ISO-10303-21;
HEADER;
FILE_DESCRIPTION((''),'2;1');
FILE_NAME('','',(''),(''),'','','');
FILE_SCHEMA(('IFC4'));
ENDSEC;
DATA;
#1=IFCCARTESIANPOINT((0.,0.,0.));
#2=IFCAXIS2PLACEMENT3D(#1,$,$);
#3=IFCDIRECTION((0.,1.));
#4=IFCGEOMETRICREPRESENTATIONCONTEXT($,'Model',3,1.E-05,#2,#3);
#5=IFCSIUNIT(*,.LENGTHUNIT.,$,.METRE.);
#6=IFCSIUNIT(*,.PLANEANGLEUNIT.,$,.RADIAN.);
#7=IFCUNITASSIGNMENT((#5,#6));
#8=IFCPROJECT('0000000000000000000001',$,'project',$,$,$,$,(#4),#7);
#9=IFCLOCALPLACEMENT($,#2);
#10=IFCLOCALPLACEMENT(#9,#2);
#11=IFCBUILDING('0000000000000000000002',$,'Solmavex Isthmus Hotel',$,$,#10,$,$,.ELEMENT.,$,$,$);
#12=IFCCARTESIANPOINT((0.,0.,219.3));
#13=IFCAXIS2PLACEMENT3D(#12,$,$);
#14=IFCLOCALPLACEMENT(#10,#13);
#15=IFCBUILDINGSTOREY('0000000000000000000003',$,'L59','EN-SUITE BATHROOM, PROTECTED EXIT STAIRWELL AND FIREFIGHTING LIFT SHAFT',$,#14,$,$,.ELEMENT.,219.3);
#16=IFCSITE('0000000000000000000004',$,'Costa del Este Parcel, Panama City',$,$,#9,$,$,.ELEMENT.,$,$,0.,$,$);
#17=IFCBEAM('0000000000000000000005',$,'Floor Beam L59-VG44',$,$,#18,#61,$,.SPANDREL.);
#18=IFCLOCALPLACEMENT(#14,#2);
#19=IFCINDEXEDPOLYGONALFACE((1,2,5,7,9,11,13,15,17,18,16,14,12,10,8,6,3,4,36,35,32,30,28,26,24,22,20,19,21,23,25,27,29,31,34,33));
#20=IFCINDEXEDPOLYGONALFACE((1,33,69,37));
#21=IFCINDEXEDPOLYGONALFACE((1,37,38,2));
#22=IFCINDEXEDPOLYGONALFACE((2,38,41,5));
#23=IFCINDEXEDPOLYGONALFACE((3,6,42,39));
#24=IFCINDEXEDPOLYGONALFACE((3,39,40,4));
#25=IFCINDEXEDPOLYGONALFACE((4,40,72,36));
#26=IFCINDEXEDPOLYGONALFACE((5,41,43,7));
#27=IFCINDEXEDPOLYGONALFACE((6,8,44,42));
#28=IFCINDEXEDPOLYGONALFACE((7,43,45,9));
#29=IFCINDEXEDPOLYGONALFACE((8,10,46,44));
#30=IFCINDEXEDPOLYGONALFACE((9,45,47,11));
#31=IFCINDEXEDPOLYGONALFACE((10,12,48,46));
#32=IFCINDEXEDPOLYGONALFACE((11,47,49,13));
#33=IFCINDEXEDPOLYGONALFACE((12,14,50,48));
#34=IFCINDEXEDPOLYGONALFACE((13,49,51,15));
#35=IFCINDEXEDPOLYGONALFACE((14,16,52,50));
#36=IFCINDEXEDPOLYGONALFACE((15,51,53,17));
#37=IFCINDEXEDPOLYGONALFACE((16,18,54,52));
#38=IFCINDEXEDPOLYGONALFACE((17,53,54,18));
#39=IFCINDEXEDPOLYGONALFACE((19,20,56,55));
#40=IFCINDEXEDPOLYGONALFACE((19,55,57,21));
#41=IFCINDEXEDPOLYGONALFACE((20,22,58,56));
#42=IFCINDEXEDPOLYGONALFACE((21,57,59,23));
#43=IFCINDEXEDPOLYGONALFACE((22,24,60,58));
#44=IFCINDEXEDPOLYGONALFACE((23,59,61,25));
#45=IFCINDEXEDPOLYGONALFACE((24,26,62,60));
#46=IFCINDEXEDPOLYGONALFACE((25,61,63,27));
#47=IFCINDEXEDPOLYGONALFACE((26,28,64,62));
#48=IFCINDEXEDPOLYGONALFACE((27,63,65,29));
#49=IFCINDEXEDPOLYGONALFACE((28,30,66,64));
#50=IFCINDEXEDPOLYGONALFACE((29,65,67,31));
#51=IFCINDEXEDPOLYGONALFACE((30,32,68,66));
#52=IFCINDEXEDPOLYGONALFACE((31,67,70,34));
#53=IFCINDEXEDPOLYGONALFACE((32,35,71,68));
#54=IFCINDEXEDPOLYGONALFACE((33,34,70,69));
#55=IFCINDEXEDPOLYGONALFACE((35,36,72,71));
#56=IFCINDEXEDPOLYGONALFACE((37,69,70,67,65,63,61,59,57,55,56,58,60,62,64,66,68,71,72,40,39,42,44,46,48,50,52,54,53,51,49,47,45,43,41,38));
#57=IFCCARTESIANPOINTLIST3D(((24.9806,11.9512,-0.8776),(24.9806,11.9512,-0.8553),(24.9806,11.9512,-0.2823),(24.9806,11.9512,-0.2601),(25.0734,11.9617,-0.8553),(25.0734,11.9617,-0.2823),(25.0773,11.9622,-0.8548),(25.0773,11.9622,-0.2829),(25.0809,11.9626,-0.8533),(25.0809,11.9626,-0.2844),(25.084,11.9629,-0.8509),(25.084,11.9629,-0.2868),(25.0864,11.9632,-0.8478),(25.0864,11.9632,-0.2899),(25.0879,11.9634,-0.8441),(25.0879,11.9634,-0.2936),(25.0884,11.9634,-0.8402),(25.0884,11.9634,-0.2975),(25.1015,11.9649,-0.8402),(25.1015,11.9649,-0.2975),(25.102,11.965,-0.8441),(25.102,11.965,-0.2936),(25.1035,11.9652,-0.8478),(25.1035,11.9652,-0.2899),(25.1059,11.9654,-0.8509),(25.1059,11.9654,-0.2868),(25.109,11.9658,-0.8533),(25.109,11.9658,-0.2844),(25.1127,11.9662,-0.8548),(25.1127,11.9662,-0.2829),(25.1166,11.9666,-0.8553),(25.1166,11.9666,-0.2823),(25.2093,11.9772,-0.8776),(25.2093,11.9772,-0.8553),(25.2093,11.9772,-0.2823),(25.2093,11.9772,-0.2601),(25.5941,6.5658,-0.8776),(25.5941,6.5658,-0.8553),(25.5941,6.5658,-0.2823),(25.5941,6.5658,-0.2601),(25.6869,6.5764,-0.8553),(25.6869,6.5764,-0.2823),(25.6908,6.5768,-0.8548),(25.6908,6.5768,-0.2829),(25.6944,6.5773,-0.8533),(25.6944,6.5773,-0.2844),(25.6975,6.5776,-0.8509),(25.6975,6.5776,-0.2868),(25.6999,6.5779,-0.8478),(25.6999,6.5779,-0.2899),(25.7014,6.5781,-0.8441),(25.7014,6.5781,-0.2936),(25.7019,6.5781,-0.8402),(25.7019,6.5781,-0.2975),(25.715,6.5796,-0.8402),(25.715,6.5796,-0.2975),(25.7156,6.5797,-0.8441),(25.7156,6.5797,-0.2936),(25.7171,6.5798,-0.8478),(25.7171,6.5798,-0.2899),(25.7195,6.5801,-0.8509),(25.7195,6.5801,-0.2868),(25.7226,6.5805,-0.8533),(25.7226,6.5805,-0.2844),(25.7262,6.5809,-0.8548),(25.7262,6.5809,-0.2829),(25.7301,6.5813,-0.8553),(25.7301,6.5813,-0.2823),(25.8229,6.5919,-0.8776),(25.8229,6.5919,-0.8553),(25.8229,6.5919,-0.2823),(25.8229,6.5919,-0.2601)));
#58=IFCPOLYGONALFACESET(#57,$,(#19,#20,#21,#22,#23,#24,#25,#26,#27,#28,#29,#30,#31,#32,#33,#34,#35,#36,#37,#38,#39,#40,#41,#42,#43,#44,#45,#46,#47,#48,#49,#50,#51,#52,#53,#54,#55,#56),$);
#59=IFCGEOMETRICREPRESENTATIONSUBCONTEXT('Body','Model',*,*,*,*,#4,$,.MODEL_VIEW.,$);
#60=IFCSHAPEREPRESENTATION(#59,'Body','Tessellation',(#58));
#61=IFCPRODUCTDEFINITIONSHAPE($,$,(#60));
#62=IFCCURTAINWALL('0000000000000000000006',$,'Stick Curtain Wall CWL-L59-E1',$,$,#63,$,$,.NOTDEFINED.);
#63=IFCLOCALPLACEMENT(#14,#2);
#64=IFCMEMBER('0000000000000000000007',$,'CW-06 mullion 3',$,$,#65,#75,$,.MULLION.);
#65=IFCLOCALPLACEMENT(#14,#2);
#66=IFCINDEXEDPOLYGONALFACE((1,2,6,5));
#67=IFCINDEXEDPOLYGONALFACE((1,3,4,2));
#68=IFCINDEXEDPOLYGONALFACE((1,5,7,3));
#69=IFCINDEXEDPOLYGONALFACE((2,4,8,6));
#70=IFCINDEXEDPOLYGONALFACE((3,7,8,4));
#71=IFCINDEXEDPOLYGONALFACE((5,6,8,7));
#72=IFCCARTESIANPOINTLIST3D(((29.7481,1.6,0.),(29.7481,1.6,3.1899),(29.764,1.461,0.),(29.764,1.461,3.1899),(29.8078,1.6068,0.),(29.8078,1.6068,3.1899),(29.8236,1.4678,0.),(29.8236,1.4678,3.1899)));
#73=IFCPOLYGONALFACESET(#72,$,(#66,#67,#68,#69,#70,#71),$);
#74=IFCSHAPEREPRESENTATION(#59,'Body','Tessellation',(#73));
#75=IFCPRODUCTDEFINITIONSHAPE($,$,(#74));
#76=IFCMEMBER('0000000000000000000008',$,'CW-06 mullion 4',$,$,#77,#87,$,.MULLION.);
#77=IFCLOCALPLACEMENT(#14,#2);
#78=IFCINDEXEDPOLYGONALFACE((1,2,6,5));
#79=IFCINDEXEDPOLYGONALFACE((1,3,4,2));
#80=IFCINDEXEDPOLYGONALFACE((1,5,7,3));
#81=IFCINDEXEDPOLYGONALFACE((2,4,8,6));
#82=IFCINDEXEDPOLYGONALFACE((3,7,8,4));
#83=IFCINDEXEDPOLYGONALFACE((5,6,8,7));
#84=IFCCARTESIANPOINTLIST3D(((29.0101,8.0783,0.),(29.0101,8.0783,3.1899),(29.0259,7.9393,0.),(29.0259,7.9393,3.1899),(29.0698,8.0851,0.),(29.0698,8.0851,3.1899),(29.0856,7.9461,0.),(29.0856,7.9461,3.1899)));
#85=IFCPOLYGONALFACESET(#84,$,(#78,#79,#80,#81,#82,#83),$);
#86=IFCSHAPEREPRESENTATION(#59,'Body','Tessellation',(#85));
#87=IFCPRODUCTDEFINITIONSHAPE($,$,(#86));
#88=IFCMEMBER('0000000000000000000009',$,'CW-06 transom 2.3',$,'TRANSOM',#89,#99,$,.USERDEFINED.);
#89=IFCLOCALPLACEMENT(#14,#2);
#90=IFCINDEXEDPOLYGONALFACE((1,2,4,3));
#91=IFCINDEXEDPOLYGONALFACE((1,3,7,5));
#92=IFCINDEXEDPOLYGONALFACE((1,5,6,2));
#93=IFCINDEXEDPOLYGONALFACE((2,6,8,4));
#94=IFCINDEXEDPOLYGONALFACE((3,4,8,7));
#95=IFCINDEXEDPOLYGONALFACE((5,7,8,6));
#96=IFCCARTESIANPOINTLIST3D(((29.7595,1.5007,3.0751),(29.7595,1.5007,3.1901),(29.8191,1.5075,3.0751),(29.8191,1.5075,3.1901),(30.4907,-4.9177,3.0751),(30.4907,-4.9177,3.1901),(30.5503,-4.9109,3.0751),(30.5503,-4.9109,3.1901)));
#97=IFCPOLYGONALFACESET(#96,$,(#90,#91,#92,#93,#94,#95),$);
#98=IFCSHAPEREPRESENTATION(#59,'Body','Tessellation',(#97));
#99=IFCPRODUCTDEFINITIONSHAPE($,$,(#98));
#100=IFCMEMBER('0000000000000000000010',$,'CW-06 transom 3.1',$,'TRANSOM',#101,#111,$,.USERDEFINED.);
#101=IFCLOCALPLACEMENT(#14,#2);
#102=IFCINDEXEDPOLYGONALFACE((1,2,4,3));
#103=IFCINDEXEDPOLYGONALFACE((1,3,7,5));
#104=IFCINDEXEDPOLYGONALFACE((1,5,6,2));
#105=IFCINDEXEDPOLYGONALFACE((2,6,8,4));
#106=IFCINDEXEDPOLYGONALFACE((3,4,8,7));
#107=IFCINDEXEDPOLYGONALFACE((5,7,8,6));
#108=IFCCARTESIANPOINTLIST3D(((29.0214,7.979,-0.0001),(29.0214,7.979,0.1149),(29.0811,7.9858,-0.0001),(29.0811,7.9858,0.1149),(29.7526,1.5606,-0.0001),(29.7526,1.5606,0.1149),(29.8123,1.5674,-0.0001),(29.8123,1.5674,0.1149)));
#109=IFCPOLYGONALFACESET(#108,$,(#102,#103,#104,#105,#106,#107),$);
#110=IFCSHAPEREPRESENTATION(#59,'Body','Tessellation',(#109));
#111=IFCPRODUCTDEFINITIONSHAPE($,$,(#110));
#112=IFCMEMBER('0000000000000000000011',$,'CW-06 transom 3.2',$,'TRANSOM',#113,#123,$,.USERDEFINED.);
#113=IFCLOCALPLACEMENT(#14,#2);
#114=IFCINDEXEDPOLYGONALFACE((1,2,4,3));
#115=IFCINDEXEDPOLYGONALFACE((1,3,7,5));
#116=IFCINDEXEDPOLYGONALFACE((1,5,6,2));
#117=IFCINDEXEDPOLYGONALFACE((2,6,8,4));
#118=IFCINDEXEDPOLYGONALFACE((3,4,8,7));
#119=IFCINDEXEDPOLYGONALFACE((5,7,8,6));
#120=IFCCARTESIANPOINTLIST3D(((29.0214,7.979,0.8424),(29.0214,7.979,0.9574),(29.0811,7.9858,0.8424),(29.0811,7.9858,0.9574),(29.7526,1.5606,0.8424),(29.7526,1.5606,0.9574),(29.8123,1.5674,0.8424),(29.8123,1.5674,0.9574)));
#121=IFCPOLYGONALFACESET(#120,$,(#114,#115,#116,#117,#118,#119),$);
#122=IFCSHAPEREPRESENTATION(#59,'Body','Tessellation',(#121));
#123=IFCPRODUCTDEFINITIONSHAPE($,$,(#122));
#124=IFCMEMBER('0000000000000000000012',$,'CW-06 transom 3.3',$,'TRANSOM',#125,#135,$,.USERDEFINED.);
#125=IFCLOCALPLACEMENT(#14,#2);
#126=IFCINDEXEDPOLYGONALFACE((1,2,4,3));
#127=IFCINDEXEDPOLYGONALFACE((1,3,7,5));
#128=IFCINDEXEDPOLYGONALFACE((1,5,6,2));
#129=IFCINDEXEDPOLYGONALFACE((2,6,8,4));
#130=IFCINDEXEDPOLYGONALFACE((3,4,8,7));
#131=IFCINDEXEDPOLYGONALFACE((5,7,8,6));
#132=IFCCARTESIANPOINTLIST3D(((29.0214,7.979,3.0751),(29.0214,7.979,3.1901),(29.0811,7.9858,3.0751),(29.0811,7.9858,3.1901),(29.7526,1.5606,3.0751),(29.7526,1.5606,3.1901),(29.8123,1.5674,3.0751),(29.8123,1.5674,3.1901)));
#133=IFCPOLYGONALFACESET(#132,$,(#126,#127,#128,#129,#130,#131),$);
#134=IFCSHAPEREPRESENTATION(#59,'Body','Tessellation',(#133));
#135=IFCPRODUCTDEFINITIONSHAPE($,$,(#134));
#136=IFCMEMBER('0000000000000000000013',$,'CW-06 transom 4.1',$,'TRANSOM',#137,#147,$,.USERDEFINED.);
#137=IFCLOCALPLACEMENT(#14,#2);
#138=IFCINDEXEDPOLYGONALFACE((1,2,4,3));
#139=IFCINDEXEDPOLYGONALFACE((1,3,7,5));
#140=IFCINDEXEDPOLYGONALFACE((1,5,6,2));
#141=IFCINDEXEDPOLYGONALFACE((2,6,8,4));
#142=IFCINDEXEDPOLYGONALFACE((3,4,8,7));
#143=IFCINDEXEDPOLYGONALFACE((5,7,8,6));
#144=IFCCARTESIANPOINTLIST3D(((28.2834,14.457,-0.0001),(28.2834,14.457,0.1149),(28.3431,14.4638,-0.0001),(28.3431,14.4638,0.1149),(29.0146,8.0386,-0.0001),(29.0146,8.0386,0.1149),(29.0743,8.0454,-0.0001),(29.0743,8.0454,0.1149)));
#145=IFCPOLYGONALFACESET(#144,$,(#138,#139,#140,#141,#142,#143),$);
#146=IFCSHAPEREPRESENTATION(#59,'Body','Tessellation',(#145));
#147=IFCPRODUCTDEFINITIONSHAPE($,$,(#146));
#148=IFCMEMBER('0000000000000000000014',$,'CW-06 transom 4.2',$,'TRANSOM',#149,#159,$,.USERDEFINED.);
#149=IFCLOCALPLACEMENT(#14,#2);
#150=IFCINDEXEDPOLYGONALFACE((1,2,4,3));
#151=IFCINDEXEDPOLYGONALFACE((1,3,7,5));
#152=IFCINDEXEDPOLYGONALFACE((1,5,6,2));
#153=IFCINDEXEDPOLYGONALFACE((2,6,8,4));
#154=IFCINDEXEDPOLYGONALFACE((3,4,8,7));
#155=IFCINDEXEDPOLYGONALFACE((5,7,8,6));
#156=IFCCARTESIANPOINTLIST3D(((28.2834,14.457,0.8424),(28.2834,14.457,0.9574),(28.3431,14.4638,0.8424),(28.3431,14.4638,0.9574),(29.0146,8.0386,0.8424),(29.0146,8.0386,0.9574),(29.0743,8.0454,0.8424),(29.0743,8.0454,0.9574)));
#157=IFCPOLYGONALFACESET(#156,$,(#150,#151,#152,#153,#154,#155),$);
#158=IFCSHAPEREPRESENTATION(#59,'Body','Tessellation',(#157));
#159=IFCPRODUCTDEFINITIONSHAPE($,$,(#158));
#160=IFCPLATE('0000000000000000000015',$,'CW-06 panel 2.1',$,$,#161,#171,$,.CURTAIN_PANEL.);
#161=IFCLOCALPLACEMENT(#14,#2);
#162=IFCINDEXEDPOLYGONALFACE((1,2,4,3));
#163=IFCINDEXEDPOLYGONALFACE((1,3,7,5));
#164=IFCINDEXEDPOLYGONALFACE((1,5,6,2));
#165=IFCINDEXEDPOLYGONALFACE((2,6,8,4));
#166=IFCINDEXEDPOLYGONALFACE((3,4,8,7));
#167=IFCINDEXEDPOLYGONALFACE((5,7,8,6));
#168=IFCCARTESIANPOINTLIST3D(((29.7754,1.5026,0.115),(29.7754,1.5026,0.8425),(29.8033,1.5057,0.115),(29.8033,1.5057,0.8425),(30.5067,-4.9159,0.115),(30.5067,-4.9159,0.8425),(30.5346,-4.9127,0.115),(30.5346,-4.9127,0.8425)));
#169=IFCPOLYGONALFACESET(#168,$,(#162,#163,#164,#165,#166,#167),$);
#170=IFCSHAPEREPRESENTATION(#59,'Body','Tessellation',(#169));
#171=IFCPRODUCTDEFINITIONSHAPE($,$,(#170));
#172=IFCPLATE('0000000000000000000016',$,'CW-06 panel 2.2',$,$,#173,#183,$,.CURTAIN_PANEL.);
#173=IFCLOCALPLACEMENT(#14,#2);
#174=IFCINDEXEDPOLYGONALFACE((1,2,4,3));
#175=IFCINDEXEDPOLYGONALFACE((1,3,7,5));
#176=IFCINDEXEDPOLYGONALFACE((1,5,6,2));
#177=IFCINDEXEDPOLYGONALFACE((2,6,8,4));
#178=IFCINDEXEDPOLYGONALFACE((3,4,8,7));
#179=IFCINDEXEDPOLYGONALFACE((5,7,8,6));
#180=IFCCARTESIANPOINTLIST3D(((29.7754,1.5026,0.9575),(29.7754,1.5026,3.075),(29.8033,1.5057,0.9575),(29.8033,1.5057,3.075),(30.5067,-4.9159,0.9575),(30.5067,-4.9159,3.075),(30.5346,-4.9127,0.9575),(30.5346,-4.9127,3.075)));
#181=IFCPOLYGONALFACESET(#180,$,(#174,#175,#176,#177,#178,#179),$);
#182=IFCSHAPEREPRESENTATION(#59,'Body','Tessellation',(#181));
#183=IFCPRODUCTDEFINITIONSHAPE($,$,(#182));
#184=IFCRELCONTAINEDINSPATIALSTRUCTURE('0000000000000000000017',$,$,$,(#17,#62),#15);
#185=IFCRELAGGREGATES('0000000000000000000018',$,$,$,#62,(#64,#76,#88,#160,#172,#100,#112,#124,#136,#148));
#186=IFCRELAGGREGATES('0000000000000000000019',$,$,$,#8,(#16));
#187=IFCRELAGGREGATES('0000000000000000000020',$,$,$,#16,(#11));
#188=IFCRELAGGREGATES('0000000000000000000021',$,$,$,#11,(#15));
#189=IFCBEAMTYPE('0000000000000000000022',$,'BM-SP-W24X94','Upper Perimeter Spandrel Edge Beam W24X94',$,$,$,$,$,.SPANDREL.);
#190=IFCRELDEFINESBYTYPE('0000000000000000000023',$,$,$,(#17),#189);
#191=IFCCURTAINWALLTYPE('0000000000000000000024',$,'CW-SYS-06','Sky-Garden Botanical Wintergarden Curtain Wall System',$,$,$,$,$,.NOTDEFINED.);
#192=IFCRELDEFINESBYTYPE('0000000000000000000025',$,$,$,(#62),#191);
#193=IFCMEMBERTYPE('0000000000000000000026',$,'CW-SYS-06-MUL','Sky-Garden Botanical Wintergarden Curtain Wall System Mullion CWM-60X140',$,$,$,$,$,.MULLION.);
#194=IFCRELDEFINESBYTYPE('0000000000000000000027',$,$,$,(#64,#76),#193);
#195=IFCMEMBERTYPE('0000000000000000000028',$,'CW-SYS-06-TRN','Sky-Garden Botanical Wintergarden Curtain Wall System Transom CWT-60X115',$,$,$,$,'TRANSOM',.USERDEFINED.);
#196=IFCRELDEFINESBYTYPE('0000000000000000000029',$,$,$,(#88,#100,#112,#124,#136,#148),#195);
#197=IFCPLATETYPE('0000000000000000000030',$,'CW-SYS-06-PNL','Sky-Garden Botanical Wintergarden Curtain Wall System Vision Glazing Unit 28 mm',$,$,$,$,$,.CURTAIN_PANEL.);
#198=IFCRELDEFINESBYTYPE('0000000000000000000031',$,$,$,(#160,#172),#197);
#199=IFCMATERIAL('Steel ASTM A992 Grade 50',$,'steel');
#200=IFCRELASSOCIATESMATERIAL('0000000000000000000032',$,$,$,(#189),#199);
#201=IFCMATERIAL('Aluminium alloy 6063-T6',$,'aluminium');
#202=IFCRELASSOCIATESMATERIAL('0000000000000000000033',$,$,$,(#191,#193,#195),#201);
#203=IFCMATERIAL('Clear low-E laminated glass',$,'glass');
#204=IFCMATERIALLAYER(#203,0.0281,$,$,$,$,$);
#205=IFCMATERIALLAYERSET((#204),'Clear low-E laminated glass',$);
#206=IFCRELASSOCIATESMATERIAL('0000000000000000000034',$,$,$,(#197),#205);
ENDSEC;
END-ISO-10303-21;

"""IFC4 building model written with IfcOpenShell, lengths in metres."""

from ifc_helpers import new_model, si_unit, direction, frame, origin, origin_2d, place, context, subcontext, project, spatial, rectangle, i_section, extrude, material, layer, layer_set, material_profile, profile_set, type_object, element, aggregate, save


model = new_model("IFC4")

# Units and contexts
model_context = context("Model", 3, precision=1e-05, world=origin(), true_north=direction((0.0, 1.0)))
body_context = subcontext(model_context, "Body", "Model", "MODEL_VIEW")
ifc_project = project(units=[si_unit("LENGTHUNIT", "METRE"), si_unit("PLANEANGLEUNIT", "RADIAN")], contexts=[model_context])

# Site, building, storey
site_placement = place(None, origin())
site = spatial("IfcSite", under=ifc_project, at=site_placement, Name="Costa del Este Parcel, Panama City", CompositionType="ELEMENT", RefElevation=0.0)
building_placement = place(site_placement, origin())
building = spatial("IfcBuilding", under=site, at=building_placement, Name="Solmavex Isthmus Hotel", CompositionType="ELEMENT")
storey_placement = place(building_placement, frame((0.0, 0.0, 219.3)))
storey = spatial("IfcBuildingStorey", under=building, at=storey_placement, Name="L59", Description="EN-SUITE BATHROOM, PROTECTED EXIT STAIRWELL AND FIREFIGHTING LIFT SHAFT", CompositionType="ELEMENT", Elevation=219.3)

# Beam
ifc_material_1 = material(Name="Steel ASTM A992 Grade 50", Category="steel")
ifc_material_profile_1 = material_profile(ifc_material_1, i_section(OverallWidth=0.2302, OverallDepth=0.6174, WebThickness=0.0132, FlangeThickness=0.0222, FilletRadius=0.0151, at=origin_2d()), Name="W24X94")
ifc_profile_set_1 = profile_set([ifc_material_profile_1], Name="Steel ASTM A992 Grade 50")
beam_type_1 = type_object("IfcBeamType", Name="BM-SP-W24X94", Description="Upper Perimeter Spandrel Edge Beam W24X94", PredefinedType="SPANDREL", material=ifc_profile_set_1)
beam_1_placement = place(storey_placement, frame((25.7085, 6.5789, -0.5688), z_axis=(-0.113195, 0.993573, 0.0), x_axis=(-0.993573, -0.113195, 0.0)))
element("IfcBeam", 1, at=beam_1_placement, inside=storey, type_object=beam_type_1, Name="Floor Beam L59-VG44", PredefinedType="SPANDREL", context=body_context, shape_type="SweptSolid", body=[
    extrude(i_section(OverallWidth=0.2302, OverallDepth=0.6174, WebThickness=0.0132, FlangeThickness=0.0222, FilletRadius=0.0151, at=origin_2d()), origin(), (0.0, 0.0, 1.0), 5.4202),
])

# Curtain wall, members, plates
ifc_material_2 = material(Name="Aluminium alloy 6063-T6", Category="aluminium")
curtain_wall_type = type_object("IfcCurtainWallType", Name="CW-SYS-06", Description="Sky-Garden Botanical Wintergarden Curtain Wall System", PredefinedType="NOTDEFINED", material=ifc_material_2)
curtain_wall_placement = place(storey_placement, origin())
curtain_wall = element("IfcCurtainWall", 2, at=curtain_wall_placement, inside=storey, type_object=curtain_wall_type, Name="Stick Curtain Wall CWL-L59-E1", PredefinedType="NOTDEFINED")
ifc_material_profile_2 = material_profile(ifc_material_2, rectangle(XDim=0.0601, YDim=0.1399, at=origin_2d()), Name="CWM-60X140")
ifc_profile_set_2 = profile_set([ifc_material_profile_2], Name="Aluminium alloy 6063-T6")
member_type_1 = type_object("IfcMemberType", Name="CW-SYS-06-MUL", Description="Sky-Garden Botanical Wintergarden Curtain Wall System Mullion CWM-60X140", PredefinedType="MULLION", material=ifc_profile_set_2)
member_1_placement = place(storey_placement, frame((29.7859, 1.5339, 0.0), z_axis=(0.0, 0.0, 1.0), x_axis=(-0.993572, -0.113203, 0.0)))
member_1 = element("IfcMember", 3, at=member_1_placement, type_object=member_type_1, Name="CW-06 mullion 3", PredefinedType="MULLION", context=body_context, shape_type="SweptSolid", body=[
    extrude(rectangle(XDim=0.0601, YDim=0.1399, at=origin_2d()), origin(), (0.0, 0.0, 1.0), 3.1899),
])
member_2_placement = place(storey_placement, frame((29.0479, 8.0122, 0.0), z_axis=(0.0, 0.0, 1.0), x_axis=(-0.993572, -0.113203, 0.0)))
member_2 = element("IfcMember", 4, at=member_2_placement, type_object=member_type_1, Name="CW-06 mullion 4", PredefinedType="MULLION", context=body_context, shape_type="SweptSolid", body=[
    extrude(rectangle(XDim=0.0601, YDim=0.1399, at=origin_2d()), origin(), (0.0, 0.0, 1.0), 3.1899),
])
ifc_material_profile_3 = material_profile(ifc_material_2, rectangle(XDim=0.0601, YDim=0.115, at=origin_2d()), Name="CWT-60X115")
ifc_profile_set_3 = profile_set([ifc_material_profile_3], Name="Aluminium alloy 6063-T6")
member_type_2 = type_object("IfcMemberType", Name="CW-SYS-06-TRN", Description="Sky-Garden Botanical Wintergarden Curtain Wall System Transom CWT-60X115", ElementType="TRANSOM", PredefinedType="USERDEFINED", material=ifc_profile_set_3)
member_3_placement = place(storey_placement, frame((30.5205, -4.9143, 3.1326), z_axis=(-0.11319, 0.993573, 0.0), x_axis=(-0.993573, -0.11319, 0.0)))
member_3 = element("IfcMember", 5, at=member_3_placement, type_object=member_type_2, Name="CW-06 transom 2.3", ObjectType="TRANSOM", PredefinedType="USERDEFINED", context=body_context, shape_type="SweptSolid", body=[
    extrude(rectangle(XDim=0.0601, YDim=0.115, at=origin_2d()), origin(), (0.0, 0.0, 1.0), 6.46),
])
member_4_placement = place(storey_placement, frame((29.7825, 1.564, 0.0574), z_axis=(-0.11319, 0.993573, 0.0), x_axis=(-0.993573, -0.11319, 0.0)))
member_4 = element("IfcMember", 6, at=member_4_placement, type_object=member_type_2, Name="CW-06 transom 3.1", ObjectType="TRANSOM", PredefinedType="USERDEFINED", context=body_context, shape_type="SweptSolid", body=[
    extrude(rectangle(XDim=0.0601, YDim=0.115, at=origin_2d()), origin(), (0.0, 0.0, 1.0), 6.46),
])
member_5_placement = place(storey_placement, frame((29.7825, 1.564, 0.8999), z_axis=(-0.11319, 0.993573, 0.0), x_axis=(-0.993573, -0.11319, 0.0)))
member_5 = element("IfcMember", 7, at=member_5_placement, type_object=member_type_2, Name="CW-06 transom 3.2", ObjectType="TRANSOM", PredefinedType="USERDEFINED", context=body_context, shape_type="SweptSolid", body=[
    extrude(rectangle(XDim=0.0601, YDim=0.115, at=origin_2d()), origin(), (0.0, 0.0, 1.0), 6.46),
])
member_6_placement = place(storey_placement, frame((29.7825, 1.564, 3.1326), z_axis=(-0.11319, 0.993573, 0.0), x_axis=(-0.993573, -0.11319, 0.0)))
member_6 = element("IfcMember", 8, at=member_6_placement, type_object=member_type_2, Name="CW-06 transom 3.3", ObjectType="TRANSOM", PredefinedType="USERDEFINED", context=body_context, shape_type="SweptSolid", body=[
    extrude(rectangle(XDim=0.0601, YDim=0.115, at=origin_2d()), origin(), (0.0, 0.0, 1.0), 6.46),
])
member_7_placement = place(storey_placement, frame((29.0444, 8.042, 0.0574), z_axis=(-0.11319, 0.993573, 0.0), x_axis=(-0.993573, -0.11319, 0.0)))
member_7 = element("IfcMember", 9, at=member_7_placement, type_object=member_type_2, Name="CW-06 transom 4.1", ObjectType="TRANSOM", PredefinedType="USERDEFINED", context=body_context, shape_type="SweptSolid", body=[
    extrude(rectangle(XDim=0.0601, YDim=0.115, at=origin_2d()), origin(), (0.0, 0.0, 1.0), 6.46),
])
member_8_placement = place(storey_placement, frame((29.0444, 8.042, 0.8999), z_axis=(-0.11319, 0.993573, 0.0), x_axis=(-0.993573, -0.11319, 0.0)))
member_8 = element("IfcMember", 10, at=member_8_placement, type_object=member_type_2, Name="CW-06 transom 4.2", ObjectType="TRANSOM", PredefinedType="USERDEFINED", context=body_context, shape_type="SweptSolid", body=[
    extrude(rectangle(XDim=0.0601, YDim=0.115, at=origin_2d()), origin(), (0.0, 0.0, 1.0), 6.46),
])
ifc_material_3 = material(Name="Clear low-E laminated glass", Category="glass")
ifc_layer_1 = layer(ifc_material_3, 0.0281)
ifc_layer_set_1 = layer_set([ifc_layer_1], Name="Clear low-E laminated glass")
plate_type = type_object("IfcPlateType", Name="CW-SYS-06-PNL", Description="Sky-Garden Botanical Wintergarden Curtain Wall System Vision Glazing Unit 28 mm", PredefinedType="CURTAIN_PANEL", material=ifc_layer_set_1)
plate_1_placement = place(storey_placement, frame((30.155, -1.7051, 0.115), z_axis=(0.0, 0.0, 1.0), x_axis=(-0.113203, 0.993572, 0.0)))
plate_1 = element("IfcPlate", 11, at=plate_1_placement, type_object=plate_type, Name="CW-06 panel 2.1", PredefinedType="CURTAIN_PANEL", context=body_context, shape_type="SweptSolid", body=[
    extrude(rectangle(XDim=6.46, YDim=0.0281, at=origin_2d()), origin(), (0.0, 0.0, 1.0), 0.7275),
])
plate_2_placement = place(storey_placement, frame((30.155, -1.7051, 0.9575), z_axis=(0.0, 0.0, 1.0), x_axis=(-0.113203, 0.993572, 0.0)))
plate_2 = element("IfcPlate", 12, at=plate_2_placement, type_object=plate_type, Name="CW-06 panel 2.2", PredefinedType="CURTAIN_PANEL", context=body_context, shape_type="SweptSolid", body=[
    extrude(rectangle(XDim=6.46, YDim=0.0281, at=origin_2d()), origin(), (0.0, 0.0, 1.0), 2.1174),
])
aggregate(curtain_wall, [member_1, member_2, member_3, plate_1, plate_2, member_4, member_5, member_6, member_7, member_8])

save(model, "model.ifc")
